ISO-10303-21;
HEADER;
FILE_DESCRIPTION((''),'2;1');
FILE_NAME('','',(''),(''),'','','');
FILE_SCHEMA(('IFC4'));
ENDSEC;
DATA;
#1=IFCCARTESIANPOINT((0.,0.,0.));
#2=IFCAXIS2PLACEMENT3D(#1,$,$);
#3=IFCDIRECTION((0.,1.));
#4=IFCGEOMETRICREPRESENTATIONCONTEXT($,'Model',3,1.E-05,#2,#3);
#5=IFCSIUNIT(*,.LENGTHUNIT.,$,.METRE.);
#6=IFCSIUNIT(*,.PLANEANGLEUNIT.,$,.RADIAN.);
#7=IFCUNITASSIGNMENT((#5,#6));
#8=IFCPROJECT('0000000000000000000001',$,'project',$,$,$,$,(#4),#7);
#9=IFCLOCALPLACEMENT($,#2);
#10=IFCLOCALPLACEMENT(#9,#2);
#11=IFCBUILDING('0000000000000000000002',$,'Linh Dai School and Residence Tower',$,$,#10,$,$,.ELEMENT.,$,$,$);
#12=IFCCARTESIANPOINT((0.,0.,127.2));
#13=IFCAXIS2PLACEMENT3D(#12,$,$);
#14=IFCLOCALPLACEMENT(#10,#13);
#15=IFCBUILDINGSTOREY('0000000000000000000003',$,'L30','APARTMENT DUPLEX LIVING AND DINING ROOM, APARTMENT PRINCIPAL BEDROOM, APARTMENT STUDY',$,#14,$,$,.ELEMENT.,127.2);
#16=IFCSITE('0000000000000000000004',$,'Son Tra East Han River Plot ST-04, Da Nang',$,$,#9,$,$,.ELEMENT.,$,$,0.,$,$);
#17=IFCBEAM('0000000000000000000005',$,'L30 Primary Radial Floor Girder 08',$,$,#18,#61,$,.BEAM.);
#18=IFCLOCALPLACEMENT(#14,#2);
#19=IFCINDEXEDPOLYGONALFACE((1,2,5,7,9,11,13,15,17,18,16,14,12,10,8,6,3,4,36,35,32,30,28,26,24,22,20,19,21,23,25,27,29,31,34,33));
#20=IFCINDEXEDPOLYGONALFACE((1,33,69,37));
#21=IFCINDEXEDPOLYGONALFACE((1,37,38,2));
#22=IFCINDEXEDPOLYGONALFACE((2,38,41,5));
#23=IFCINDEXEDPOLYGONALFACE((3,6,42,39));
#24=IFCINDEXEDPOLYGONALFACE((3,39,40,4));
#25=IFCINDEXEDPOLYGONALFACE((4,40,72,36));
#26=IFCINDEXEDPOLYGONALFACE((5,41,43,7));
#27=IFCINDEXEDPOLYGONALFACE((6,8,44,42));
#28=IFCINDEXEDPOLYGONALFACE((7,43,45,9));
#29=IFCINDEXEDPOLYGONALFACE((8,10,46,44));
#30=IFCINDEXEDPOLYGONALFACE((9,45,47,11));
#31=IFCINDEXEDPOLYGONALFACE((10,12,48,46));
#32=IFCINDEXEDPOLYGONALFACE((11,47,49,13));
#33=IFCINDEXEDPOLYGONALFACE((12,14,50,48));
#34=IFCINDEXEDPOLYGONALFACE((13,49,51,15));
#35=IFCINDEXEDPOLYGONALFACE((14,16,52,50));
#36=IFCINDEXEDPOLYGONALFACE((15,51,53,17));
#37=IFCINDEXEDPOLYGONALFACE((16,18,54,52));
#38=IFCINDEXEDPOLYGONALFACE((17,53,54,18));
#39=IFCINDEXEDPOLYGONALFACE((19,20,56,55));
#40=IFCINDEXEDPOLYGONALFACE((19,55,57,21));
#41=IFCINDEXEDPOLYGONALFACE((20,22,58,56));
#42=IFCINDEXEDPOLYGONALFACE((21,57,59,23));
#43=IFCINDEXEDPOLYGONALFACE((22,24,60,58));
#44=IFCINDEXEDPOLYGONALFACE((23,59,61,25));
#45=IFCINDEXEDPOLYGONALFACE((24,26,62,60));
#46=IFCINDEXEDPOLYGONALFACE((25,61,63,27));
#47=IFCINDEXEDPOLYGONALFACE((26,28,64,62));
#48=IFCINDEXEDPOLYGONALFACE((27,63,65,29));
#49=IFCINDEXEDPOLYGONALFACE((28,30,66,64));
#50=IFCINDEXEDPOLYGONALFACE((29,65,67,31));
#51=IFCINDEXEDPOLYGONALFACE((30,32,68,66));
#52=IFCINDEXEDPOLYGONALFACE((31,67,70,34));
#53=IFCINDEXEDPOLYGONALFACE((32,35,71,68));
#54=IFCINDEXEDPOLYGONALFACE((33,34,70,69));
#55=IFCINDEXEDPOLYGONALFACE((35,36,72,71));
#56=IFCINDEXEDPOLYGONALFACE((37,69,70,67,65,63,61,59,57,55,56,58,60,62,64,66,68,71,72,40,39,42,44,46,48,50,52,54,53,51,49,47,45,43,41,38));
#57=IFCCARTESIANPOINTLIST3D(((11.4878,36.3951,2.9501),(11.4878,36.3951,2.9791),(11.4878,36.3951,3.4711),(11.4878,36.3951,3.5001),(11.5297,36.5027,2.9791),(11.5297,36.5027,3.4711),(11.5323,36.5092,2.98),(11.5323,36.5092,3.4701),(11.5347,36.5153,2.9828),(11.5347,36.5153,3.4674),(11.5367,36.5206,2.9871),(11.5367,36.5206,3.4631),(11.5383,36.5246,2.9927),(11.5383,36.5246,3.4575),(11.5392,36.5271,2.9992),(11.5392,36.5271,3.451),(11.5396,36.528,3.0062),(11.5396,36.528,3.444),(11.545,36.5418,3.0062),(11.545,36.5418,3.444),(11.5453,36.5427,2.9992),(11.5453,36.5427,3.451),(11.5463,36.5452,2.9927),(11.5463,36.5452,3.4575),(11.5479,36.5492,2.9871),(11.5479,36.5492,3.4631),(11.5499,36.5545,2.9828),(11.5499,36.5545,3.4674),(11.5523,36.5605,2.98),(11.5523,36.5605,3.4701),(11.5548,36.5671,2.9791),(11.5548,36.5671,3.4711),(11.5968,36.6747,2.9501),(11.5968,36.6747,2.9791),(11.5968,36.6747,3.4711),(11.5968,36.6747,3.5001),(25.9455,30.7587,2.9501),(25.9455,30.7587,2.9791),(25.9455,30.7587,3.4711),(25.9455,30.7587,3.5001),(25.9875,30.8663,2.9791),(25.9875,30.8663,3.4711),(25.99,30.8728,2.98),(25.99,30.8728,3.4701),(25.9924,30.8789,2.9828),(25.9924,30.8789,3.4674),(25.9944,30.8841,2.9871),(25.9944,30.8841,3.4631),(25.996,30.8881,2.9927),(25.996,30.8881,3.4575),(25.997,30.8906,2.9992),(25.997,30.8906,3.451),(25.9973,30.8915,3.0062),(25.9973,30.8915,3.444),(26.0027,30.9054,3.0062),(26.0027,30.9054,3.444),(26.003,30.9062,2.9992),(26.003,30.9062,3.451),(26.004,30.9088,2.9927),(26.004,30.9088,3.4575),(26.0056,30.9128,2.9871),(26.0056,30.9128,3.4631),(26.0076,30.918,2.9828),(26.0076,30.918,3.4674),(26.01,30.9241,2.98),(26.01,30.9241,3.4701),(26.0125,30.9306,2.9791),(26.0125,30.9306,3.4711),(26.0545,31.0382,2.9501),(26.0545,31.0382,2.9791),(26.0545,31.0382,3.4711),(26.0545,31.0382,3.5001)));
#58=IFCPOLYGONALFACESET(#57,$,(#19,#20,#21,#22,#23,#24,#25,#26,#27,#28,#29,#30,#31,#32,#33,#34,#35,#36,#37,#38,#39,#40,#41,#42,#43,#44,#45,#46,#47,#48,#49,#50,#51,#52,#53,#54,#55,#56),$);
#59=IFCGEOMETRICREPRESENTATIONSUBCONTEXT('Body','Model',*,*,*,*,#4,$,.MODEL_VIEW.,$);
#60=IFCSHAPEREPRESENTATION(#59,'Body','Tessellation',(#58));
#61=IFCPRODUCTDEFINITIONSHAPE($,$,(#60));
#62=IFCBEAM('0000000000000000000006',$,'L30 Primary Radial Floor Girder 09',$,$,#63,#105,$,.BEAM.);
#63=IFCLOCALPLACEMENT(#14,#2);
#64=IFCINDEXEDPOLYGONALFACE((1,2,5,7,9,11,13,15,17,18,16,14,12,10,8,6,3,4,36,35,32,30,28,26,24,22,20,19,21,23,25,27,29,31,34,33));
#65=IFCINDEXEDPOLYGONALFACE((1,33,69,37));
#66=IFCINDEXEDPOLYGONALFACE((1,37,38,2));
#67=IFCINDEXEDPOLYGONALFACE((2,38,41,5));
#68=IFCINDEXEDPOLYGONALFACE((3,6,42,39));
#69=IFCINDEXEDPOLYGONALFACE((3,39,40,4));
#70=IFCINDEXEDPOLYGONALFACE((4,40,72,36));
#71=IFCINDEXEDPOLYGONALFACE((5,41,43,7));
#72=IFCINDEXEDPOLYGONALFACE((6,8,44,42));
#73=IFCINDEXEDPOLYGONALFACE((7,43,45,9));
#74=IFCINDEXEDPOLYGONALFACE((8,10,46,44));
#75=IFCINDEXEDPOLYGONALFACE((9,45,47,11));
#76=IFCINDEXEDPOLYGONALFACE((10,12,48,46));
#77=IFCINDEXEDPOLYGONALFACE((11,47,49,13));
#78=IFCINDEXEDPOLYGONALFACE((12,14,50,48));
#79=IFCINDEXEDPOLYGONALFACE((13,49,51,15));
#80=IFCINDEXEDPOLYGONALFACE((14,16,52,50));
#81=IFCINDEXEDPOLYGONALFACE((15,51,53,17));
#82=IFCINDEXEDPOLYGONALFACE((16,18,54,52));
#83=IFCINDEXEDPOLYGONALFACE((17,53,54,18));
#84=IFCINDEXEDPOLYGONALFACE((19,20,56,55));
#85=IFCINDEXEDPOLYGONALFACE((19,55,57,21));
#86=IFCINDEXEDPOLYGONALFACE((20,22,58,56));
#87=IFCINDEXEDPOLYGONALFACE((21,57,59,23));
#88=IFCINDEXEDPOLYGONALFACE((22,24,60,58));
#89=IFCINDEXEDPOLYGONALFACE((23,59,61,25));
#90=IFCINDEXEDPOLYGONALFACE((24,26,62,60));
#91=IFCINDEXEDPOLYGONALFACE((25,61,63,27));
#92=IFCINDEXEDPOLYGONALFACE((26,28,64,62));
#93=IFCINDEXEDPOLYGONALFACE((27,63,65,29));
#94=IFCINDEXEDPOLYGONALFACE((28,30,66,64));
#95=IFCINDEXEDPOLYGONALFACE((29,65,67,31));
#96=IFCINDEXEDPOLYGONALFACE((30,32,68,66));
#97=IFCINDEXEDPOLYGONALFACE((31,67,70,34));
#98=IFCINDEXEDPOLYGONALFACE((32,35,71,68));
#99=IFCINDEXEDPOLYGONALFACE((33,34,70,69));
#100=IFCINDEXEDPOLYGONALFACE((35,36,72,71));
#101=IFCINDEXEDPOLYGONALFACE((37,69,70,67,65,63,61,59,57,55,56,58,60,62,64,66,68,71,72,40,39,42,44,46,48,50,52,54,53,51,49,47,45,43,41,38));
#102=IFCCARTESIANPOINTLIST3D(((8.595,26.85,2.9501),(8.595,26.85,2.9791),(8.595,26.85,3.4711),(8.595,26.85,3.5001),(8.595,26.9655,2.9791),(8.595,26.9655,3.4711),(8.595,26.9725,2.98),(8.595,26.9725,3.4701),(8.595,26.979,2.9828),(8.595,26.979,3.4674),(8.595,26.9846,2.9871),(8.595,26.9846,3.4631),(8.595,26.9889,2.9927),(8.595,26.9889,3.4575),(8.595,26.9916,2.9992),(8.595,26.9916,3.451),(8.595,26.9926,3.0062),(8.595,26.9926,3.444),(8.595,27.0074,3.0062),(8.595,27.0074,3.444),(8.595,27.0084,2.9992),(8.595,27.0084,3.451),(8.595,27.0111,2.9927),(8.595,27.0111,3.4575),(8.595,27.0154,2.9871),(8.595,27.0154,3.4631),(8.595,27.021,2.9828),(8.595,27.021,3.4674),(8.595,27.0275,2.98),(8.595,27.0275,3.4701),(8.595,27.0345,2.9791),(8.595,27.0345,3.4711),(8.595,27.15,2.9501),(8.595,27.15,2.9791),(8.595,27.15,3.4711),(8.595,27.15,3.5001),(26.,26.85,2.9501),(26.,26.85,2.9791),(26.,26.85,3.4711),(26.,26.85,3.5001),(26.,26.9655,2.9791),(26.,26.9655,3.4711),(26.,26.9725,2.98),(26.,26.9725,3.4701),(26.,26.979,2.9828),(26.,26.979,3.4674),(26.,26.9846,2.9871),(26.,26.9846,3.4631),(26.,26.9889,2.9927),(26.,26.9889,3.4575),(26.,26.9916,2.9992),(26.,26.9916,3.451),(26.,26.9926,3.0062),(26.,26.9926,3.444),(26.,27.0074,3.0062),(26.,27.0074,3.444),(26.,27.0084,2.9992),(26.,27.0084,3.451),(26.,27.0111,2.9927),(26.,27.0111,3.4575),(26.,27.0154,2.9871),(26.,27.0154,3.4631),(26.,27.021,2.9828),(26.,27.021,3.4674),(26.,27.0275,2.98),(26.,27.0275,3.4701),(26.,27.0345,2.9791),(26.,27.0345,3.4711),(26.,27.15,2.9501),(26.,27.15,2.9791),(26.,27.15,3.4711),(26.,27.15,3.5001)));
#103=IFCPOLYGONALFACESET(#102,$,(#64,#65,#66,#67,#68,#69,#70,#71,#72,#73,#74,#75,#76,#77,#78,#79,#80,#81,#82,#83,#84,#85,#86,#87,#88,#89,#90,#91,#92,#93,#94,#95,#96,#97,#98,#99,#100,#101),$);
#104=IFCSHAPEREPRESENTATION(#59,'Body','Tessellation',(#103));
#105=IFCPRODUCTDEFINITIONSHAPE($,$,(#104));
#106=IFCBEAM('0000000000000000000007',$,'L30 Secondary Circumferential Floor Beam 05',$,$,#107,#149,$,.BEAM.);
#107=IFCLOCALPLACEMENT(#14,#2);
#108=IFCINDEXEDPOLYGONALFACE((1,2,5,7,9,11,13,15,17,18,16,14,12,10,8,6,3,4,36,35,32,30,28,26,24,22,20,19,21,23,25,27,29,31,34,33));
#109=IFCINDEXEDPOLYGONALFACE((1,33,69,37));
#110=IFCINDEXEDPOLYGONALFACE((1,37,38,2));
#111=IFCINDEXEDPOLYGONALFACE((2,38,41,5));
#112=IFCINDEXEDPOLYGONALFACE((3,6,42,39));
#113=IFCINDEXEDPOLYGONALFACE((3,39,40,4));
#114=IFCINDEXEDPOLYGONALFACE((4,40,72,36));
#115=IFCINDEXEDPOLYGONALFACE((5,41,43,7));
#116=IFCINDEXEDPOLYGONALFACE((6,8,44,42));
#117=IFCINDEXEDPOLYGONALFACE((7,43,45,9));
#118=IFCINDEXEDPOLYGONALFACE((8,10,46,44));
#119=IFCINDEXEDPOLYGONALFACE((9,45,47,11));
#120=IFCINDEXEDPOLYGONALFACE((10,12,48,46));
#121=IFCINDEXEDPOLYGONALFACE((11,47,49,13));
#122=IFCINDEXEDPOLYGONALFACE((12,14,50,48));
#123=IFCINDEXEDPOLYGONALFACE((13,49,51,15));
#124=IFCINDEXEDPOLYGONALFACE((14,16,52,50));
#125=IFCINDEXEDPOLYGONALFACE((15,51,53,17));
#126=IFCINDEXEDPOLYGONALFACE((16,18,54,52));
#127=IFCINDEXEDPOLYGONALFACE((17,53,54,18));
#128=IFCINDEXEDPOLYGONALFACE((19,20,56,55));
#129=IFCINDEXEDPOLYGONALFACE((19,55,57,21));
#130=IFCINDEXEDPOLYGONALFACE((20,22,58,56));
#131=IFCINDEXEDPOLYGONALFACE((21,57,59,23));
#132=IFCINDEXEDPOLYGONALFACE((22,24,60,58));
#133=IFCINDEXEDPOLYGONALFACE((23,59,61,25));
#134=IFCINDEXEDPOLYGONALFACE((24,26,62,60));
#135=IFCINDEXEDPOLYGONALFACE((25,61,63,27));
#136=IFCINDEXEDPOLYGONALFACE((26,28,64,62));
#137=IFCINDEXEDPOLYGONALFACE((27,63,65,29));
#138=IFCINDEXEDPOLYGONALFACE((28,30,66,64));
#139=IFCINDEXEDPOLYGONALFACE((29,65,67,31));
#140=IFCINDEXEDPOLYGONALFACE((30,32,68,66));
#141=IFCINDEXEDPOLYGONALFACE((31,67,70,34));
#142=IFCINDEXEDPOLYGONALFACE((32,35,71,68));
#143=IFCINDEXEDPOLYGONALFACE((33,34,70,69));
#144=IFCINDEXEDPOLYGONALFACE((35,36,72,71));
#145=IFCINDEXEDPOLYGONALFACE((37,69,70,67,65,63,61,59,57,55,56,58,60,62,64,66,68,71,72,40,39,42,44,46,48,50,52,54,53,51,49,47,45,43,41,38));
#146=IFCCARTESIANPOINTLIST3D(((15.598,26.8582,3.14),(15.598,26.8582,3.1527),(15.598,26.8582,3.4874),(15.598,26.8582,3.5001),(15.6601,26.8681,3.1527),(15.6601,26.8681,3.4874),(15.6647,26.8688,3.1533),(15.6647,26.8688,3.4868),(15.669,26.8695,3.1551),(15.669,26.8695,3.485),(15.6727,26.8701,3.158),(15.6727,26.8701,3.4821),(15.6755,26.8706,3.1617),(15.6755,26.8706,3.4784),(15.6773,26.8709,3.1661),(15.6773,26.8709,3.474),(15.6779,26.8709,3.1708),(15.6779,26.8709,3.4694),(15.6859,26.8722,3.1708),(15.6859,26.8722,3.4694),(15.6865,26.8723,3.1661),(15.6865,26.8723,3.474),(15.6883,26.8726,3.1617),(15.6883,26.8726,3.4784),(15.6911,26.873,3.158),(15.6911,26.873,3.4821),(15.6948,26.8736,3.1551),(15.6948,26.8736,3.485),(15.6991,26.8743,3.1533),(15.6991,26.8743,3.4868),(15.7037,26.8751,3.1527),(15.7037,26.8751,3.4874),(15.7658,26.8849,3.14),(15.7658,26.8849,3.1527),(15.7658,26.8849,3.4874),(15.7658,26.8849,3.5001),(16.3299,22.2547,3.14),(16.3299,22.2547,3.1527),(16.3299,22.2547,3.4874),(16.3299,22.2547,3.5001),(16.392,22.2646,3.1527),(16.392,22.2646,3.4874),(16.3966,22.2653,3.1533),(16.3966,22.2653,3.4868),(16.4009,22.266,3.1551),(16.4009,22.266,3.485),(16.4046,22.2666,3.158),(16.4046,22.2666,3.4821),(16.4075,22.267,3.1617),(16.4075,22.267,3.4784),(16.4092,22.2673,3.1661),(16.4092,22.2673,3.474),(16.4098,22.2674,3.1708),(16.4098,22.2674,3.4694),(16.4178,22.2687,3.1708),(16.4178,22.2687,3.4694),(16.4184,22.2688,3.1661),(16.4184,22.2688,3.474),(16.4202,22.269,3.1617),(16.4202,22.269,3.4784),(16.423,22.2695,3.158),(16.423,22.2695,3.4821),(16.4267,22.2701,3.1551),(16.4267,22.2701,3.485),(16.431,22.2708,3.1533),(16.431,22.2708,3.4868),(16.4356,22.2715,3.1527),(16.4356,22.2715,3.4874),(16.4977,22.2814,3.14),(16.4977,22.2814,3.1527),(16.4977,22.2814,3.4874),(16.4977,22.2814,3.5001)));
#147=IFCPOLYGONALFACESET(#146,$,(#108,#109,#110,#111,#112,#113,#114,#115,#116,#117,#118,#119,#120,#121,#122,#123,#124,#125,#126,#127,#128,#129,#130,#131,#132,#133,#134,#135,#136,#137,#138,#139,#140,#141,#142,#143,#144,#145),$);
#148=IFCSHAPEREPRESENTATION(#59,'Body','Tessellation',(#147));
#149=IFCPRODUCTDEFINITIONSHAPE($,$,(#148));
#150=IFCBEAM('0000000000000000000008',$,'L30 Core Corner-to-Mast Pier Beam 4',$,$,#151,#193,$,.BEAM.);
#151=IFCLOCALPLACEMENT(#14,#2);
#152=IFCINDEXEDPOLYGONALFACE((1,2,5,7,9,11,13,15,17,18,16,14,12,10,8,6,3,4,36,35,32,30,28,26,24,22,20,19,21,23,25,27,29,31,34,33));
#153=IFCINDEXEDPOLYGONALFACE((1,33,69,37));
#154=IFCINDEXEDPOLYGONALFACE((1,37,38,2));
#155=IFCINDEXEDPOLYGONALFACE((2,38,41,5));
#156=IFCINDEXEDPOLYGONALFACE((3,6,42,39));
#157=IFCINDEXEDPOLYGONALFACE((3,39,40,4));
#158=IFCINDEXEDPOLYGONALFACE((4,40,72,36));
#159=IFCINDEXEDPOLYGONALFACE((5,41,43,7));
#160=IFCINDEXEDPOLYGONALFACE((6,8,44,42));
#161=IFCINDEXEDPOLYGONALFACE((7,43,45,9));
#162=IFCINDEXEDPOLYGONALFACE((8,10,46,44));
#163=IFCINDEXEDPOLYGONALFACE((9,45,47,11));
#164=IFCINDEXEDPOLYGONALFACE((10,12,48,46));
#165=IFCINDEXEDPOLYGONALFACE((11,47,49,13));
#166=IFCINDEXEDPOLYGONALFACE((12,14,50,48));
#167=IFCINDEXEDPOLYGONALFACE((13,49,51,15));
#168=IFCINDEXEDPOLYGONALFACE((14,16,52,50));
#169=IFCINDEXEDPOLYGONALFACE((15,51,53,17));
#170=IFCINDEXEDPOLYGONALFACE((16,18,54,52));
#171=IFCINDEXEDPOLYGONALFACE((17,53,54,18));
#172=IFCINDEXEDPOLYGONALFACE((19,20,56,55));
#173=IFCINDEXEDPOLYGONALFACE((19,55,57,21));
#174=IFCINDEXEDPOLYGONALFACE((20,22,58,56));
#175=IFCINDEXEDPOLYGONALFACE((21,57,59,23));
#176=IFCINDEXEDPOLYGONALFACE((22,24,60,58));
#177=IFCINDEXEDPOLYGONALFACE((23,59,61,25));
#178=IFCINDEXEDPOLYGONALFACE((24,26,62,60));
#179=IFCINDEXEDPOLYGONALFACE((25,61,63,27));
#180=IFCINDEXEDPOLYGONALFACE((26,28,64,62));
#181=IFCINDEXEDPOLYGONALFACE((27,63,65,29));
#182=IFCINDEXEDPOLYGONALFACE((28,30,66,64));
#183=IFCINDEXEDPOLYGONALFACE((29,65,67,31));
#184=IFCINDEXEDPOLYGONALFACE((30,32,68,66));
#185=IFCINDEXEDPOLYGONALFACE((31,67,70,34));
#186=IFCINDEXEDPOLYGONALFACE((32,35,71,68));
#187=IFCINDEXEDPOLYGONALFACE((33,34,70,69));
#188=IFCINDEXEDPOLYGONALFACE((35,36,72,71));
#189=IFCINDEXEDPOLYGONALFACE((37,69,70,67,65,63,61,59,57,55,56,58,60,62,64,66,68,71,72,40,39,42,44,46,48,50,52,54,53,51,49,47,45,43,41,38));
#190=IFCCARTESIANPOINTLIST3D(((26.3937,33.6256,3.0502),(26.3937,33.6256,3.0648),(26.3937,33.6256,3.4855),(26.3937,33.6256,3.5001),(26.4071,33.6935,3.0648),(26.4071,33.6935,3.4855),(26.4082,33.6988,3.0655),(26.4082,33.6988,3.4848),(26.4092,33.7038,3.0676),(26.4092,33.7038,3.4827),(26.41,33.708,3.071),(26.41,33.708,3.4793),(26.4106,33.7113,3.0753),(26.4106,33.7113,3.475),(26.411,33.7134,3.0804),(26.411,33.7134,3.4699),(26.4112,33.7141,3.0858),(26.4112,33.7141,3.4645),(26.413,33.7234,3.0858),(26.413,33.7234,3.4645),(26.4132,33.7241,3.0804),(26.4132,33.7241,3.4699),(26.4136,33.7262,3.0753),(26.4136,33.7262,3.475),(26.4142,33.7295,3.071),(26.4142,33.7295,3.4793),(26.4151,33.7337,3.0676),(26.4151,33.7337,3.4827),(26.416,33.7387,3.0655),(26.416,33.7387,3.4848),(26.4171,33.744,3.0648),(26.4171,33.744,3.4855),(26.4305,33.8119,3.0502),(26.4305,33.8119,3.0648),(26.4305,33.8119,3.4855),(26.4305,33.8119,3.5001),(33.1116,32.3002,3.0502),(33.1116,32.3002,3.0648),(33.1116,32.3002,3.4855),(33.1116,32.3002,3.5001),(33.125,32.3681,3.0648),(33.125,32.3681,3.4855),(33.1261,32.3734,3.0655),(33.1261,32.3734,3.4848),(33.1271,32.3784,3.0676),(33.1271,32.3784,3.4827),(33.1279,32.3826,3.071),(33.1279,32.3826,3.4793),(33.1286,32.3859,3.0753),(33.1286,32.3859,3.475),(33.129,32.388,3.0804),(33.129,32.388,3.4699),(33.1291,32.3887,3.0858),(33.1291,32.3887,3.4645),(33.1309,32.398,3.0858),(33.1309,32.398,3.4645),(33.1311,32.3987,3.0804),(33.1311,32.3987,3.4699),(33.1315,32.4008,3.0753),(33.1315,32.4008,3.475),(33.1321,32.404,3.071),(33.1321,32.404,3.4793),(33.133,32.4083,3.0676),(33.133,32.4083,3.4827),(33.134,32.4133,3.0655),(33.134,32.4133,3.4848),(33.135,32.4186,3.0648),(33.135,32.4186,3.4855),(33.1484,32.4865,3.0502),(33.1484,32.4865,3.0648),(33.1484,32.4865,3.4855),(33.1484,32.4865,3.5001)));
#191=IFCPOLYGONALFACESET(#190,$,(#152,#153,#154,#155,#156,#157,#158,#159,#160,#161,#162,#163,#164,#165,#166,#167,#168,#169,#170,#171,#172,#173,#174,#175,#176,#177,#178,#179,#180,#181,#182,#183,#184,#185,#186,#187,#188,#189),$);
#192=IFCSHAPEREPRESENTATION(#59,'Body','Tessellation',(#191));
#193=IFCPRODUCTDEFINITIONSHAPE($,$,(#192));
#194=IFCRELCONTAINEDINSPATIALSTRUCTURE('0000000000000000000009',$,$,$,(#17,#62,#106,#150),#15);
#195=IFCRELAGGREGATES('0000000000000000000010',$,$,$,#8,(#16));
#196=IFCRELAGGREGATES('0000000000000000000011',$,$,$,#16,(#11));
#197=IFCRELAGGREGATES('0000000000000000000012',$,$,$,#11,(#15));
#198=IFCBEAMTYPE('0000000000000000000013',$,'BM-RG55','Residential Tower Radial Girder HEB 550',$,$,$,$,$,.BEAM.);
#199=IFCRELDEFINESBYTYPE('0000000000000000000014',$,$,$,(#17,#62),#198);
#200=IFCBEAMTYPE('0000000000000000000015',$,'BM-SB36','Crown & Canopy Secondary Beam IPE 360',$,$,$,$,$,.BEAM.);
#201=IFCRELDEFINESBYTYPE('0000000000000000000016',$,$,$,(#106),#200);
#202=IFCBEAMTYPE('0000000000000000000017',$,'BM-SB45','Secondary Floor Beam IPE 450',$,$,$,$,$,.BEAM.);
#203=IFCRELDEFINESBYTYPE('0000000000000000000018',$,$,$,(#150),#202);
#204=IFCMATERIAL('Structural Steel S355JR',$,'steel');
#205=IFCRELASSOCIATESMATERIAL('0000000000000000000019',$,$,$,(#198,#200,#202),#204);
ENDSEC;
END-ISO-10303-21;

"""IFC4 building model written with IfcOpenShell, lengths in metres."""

from ifc_helpers import new_model, si_unit, direction, frame, origin, origin_2d, place, context, subcontext, project, spatial, i_section, extrude, material, material_profile, profile_set, type_object, element, save


model = new_model("IFC4")

# Units and contexts
model_context = context("Model", 3, precision=1e-05, world=origin(), true_north=direction((0.0, 1.0)))
body_context = subcontext(model_context, "Body", "Model", "MODEL_VIEW")
ifc_project = project(units=[si_unit("LENGTHUNIT", "METRE"), si_unit("PLANEANGLEUNIT", "RADIAN")], contexts=[model_context])

# Site, building, storey
site_placement = place(None, origin())
site = spatial("IfcSite", under=ifc_project, at=site_placement, Name="Son Tra East Han River Plot ST-04, Da Nang", CompositionType="ELEMENT", RefElevation=0.0)
building_placement = place(site_placement, origin())
building = spatial("IfcBuilding", under=site, at=building_placement, Name="Linh Dai School and Residence Tower", CompositionType="ELEMENT")
storey_placement = place(building_placement, frame((0.0, 0.0, 127.2)))
storey = spatial("IfcBuildingStorey", under=building, at=storey_placement, Name="L30", Description="APARTMENT DUPLEX LIVING AND DINING ROOM, APARTMENT PRINCIPAL BEDROOM, APARTMENT STUDY", CompositionType="ELEMENT", Elevation=127.2)

# Shared definitions
ifc_material_1 = material(Name="Structural Steel S355JR", Category="steel")

# Beams
ifc_material_profile_1 = material_profile(ifc_material_1, i_section(OverallWidth=0.3, OverallDepth=0.55, WebThickness=0.0149, FlangeThickness=0.0291, FilletRadius=0.0271, at=origin_2d()), Name="HEB 550")
ifc_profile_set_1 = profile_set([ifc_material_profile_1], Name="Structural Steel S355JR")
beam_type_1 = type_object("IfcBeamType", Name="BM-RG55", Description="Residential Tower Radial Girder HEB 550", PredefinedType="BEAM", material=ifc_profile_set_1)
beam_1_placement = place(storey_placement, frame((26.0, 30.8984, 3.2251), z_axis=(-0.931699, 0.36323, 0.0), x_axis=(-0.36323, -0.931699, 0.0)))
element("IfcBeam", 1, at=beam_1_placement, inside=storey, type_object=beam_type_1, Name="L30 Primary Radial Floor Girder 08", PredefinedType="BEAM", context=body_context, shape_type="SweptSolid", body=[
    extrude(i_section(OverallWidth=0.3, OverallDepth=0.55, WebThickness=0.0149, FlangeThickness=0.0291, FilletRadius=0.0271, at=origin_2d()), origin(), (0.0, 0.0, 1.0), 15.5176),
])
beam_2_placement = place(storey_placement, frame((26.0, 27.0, 3.2251), z_axis=(-1.0, 0.0, 0.0), x_axis=(0.0, -1.0, 0.0)))
element("IfcBeam", 2, at=beam_2_placement, inside=storey, type_object=beam_type_1, Name="L30 Primary Radial Floor Girder 09", PredefinedType="BEAM", context=body_context, shape_type="SweptSolid", body=[
    extrude(i_section(OverallWidth=0.3, OverallDepth=0.55, WebThickness=0.0149, FlangeThickness=0.0291, FilletRadius=0.0271, at=origin_2d()), origin(), (0.0, 0.0, 1.0), 17.405),
])
ifc_material_profile_2 = material_profile(ifc_material_1, i_section(OverallWidth=0.1699, OverallDepth=0.3601, WebThickness=0.0081, FlangeThickness=0.0127, FilletRadius=0.0181, at=origin_2d()), Name="IPE 360")
ifc_profile_set_2 = profile_set([ifc_material_profile_2], Name="Structural Steel S355JR")
beam_type_2 = type_object("IfcBeamType", Name="BM-SB36", Description="Crown & Canopy Secondary Beam IPE 360", PredefinedType="BEAM", material=ifc_profile_set_2)
beam_3_placement = place(storey_placement, frame((15.6819, 26.8716, 3.3201), z_axis=(0.157022, -0.987595, 0.0), x_axis=(0.987595, 0.157022, 0.0)))
element("IfcBeam", 3, at=beam_3_placement, inside=storey, type_object=beam_type_2, Name="L30 Secondary Circumferential Floor Beam 05", PredefinedType="BEAM", context=body_context, shape_type="SweptSolid", body=[
    extrude(i_section(OverallWidth=0.1699, OverallDepth=0.3601, WebThickness=0.0081, FlangeThickness=0.0127, FilletRadius=0.0181, at=origin_2d()), origin(), (0.0, 0.0, 1.0), 4.6614),
])
ifc_material_profile_3 = material_profile(ifc_material_1, i_section(OverallWidth=0.1899, OverallDepth=0.45, WebThickness=0.0095, FlangeThickness=0.0146, FilletRadius=0.021, at=origin_2d()), Name="IPE 450")
ifc_profile_set_3 = profile_set([ifc_material_profile_3], Name="Structural Steel S355JR")
beam_type_3 = type_object("IfcBeamType", Name="BM-SB45", Description="Secondary Floor Beam IPE 450", PredefinedType="BEAM", material=ifc_profile_set_3)
beam_4_placement = place(storey_placement, frame((26.4121, 33.7188, 3.2751), z_axis=(0.981087, -0.193565, 0.0), x_axis=(0.193565, 0.981087, 0.0)))
element("IfcBeam", 4, at=beam_4_placement, inside=storey, type_object=beam_type_3, Name="L30 Core Corner-to-Mast Pier Beam 4", PredefinedType="BEAM", context=body_context, shape_type="SweptSolid", body=[
    extrude(i_section(OverallWidth=0.1899, OverallDepth=0.45, WebThickness=0.0095, FlangeThickness=0.0146, FilletRadius=0.021, at=origin_2d()), origin(), (0.0, 0.0, 1.0), 6.8474),
])

save(model, "model.ifc")
